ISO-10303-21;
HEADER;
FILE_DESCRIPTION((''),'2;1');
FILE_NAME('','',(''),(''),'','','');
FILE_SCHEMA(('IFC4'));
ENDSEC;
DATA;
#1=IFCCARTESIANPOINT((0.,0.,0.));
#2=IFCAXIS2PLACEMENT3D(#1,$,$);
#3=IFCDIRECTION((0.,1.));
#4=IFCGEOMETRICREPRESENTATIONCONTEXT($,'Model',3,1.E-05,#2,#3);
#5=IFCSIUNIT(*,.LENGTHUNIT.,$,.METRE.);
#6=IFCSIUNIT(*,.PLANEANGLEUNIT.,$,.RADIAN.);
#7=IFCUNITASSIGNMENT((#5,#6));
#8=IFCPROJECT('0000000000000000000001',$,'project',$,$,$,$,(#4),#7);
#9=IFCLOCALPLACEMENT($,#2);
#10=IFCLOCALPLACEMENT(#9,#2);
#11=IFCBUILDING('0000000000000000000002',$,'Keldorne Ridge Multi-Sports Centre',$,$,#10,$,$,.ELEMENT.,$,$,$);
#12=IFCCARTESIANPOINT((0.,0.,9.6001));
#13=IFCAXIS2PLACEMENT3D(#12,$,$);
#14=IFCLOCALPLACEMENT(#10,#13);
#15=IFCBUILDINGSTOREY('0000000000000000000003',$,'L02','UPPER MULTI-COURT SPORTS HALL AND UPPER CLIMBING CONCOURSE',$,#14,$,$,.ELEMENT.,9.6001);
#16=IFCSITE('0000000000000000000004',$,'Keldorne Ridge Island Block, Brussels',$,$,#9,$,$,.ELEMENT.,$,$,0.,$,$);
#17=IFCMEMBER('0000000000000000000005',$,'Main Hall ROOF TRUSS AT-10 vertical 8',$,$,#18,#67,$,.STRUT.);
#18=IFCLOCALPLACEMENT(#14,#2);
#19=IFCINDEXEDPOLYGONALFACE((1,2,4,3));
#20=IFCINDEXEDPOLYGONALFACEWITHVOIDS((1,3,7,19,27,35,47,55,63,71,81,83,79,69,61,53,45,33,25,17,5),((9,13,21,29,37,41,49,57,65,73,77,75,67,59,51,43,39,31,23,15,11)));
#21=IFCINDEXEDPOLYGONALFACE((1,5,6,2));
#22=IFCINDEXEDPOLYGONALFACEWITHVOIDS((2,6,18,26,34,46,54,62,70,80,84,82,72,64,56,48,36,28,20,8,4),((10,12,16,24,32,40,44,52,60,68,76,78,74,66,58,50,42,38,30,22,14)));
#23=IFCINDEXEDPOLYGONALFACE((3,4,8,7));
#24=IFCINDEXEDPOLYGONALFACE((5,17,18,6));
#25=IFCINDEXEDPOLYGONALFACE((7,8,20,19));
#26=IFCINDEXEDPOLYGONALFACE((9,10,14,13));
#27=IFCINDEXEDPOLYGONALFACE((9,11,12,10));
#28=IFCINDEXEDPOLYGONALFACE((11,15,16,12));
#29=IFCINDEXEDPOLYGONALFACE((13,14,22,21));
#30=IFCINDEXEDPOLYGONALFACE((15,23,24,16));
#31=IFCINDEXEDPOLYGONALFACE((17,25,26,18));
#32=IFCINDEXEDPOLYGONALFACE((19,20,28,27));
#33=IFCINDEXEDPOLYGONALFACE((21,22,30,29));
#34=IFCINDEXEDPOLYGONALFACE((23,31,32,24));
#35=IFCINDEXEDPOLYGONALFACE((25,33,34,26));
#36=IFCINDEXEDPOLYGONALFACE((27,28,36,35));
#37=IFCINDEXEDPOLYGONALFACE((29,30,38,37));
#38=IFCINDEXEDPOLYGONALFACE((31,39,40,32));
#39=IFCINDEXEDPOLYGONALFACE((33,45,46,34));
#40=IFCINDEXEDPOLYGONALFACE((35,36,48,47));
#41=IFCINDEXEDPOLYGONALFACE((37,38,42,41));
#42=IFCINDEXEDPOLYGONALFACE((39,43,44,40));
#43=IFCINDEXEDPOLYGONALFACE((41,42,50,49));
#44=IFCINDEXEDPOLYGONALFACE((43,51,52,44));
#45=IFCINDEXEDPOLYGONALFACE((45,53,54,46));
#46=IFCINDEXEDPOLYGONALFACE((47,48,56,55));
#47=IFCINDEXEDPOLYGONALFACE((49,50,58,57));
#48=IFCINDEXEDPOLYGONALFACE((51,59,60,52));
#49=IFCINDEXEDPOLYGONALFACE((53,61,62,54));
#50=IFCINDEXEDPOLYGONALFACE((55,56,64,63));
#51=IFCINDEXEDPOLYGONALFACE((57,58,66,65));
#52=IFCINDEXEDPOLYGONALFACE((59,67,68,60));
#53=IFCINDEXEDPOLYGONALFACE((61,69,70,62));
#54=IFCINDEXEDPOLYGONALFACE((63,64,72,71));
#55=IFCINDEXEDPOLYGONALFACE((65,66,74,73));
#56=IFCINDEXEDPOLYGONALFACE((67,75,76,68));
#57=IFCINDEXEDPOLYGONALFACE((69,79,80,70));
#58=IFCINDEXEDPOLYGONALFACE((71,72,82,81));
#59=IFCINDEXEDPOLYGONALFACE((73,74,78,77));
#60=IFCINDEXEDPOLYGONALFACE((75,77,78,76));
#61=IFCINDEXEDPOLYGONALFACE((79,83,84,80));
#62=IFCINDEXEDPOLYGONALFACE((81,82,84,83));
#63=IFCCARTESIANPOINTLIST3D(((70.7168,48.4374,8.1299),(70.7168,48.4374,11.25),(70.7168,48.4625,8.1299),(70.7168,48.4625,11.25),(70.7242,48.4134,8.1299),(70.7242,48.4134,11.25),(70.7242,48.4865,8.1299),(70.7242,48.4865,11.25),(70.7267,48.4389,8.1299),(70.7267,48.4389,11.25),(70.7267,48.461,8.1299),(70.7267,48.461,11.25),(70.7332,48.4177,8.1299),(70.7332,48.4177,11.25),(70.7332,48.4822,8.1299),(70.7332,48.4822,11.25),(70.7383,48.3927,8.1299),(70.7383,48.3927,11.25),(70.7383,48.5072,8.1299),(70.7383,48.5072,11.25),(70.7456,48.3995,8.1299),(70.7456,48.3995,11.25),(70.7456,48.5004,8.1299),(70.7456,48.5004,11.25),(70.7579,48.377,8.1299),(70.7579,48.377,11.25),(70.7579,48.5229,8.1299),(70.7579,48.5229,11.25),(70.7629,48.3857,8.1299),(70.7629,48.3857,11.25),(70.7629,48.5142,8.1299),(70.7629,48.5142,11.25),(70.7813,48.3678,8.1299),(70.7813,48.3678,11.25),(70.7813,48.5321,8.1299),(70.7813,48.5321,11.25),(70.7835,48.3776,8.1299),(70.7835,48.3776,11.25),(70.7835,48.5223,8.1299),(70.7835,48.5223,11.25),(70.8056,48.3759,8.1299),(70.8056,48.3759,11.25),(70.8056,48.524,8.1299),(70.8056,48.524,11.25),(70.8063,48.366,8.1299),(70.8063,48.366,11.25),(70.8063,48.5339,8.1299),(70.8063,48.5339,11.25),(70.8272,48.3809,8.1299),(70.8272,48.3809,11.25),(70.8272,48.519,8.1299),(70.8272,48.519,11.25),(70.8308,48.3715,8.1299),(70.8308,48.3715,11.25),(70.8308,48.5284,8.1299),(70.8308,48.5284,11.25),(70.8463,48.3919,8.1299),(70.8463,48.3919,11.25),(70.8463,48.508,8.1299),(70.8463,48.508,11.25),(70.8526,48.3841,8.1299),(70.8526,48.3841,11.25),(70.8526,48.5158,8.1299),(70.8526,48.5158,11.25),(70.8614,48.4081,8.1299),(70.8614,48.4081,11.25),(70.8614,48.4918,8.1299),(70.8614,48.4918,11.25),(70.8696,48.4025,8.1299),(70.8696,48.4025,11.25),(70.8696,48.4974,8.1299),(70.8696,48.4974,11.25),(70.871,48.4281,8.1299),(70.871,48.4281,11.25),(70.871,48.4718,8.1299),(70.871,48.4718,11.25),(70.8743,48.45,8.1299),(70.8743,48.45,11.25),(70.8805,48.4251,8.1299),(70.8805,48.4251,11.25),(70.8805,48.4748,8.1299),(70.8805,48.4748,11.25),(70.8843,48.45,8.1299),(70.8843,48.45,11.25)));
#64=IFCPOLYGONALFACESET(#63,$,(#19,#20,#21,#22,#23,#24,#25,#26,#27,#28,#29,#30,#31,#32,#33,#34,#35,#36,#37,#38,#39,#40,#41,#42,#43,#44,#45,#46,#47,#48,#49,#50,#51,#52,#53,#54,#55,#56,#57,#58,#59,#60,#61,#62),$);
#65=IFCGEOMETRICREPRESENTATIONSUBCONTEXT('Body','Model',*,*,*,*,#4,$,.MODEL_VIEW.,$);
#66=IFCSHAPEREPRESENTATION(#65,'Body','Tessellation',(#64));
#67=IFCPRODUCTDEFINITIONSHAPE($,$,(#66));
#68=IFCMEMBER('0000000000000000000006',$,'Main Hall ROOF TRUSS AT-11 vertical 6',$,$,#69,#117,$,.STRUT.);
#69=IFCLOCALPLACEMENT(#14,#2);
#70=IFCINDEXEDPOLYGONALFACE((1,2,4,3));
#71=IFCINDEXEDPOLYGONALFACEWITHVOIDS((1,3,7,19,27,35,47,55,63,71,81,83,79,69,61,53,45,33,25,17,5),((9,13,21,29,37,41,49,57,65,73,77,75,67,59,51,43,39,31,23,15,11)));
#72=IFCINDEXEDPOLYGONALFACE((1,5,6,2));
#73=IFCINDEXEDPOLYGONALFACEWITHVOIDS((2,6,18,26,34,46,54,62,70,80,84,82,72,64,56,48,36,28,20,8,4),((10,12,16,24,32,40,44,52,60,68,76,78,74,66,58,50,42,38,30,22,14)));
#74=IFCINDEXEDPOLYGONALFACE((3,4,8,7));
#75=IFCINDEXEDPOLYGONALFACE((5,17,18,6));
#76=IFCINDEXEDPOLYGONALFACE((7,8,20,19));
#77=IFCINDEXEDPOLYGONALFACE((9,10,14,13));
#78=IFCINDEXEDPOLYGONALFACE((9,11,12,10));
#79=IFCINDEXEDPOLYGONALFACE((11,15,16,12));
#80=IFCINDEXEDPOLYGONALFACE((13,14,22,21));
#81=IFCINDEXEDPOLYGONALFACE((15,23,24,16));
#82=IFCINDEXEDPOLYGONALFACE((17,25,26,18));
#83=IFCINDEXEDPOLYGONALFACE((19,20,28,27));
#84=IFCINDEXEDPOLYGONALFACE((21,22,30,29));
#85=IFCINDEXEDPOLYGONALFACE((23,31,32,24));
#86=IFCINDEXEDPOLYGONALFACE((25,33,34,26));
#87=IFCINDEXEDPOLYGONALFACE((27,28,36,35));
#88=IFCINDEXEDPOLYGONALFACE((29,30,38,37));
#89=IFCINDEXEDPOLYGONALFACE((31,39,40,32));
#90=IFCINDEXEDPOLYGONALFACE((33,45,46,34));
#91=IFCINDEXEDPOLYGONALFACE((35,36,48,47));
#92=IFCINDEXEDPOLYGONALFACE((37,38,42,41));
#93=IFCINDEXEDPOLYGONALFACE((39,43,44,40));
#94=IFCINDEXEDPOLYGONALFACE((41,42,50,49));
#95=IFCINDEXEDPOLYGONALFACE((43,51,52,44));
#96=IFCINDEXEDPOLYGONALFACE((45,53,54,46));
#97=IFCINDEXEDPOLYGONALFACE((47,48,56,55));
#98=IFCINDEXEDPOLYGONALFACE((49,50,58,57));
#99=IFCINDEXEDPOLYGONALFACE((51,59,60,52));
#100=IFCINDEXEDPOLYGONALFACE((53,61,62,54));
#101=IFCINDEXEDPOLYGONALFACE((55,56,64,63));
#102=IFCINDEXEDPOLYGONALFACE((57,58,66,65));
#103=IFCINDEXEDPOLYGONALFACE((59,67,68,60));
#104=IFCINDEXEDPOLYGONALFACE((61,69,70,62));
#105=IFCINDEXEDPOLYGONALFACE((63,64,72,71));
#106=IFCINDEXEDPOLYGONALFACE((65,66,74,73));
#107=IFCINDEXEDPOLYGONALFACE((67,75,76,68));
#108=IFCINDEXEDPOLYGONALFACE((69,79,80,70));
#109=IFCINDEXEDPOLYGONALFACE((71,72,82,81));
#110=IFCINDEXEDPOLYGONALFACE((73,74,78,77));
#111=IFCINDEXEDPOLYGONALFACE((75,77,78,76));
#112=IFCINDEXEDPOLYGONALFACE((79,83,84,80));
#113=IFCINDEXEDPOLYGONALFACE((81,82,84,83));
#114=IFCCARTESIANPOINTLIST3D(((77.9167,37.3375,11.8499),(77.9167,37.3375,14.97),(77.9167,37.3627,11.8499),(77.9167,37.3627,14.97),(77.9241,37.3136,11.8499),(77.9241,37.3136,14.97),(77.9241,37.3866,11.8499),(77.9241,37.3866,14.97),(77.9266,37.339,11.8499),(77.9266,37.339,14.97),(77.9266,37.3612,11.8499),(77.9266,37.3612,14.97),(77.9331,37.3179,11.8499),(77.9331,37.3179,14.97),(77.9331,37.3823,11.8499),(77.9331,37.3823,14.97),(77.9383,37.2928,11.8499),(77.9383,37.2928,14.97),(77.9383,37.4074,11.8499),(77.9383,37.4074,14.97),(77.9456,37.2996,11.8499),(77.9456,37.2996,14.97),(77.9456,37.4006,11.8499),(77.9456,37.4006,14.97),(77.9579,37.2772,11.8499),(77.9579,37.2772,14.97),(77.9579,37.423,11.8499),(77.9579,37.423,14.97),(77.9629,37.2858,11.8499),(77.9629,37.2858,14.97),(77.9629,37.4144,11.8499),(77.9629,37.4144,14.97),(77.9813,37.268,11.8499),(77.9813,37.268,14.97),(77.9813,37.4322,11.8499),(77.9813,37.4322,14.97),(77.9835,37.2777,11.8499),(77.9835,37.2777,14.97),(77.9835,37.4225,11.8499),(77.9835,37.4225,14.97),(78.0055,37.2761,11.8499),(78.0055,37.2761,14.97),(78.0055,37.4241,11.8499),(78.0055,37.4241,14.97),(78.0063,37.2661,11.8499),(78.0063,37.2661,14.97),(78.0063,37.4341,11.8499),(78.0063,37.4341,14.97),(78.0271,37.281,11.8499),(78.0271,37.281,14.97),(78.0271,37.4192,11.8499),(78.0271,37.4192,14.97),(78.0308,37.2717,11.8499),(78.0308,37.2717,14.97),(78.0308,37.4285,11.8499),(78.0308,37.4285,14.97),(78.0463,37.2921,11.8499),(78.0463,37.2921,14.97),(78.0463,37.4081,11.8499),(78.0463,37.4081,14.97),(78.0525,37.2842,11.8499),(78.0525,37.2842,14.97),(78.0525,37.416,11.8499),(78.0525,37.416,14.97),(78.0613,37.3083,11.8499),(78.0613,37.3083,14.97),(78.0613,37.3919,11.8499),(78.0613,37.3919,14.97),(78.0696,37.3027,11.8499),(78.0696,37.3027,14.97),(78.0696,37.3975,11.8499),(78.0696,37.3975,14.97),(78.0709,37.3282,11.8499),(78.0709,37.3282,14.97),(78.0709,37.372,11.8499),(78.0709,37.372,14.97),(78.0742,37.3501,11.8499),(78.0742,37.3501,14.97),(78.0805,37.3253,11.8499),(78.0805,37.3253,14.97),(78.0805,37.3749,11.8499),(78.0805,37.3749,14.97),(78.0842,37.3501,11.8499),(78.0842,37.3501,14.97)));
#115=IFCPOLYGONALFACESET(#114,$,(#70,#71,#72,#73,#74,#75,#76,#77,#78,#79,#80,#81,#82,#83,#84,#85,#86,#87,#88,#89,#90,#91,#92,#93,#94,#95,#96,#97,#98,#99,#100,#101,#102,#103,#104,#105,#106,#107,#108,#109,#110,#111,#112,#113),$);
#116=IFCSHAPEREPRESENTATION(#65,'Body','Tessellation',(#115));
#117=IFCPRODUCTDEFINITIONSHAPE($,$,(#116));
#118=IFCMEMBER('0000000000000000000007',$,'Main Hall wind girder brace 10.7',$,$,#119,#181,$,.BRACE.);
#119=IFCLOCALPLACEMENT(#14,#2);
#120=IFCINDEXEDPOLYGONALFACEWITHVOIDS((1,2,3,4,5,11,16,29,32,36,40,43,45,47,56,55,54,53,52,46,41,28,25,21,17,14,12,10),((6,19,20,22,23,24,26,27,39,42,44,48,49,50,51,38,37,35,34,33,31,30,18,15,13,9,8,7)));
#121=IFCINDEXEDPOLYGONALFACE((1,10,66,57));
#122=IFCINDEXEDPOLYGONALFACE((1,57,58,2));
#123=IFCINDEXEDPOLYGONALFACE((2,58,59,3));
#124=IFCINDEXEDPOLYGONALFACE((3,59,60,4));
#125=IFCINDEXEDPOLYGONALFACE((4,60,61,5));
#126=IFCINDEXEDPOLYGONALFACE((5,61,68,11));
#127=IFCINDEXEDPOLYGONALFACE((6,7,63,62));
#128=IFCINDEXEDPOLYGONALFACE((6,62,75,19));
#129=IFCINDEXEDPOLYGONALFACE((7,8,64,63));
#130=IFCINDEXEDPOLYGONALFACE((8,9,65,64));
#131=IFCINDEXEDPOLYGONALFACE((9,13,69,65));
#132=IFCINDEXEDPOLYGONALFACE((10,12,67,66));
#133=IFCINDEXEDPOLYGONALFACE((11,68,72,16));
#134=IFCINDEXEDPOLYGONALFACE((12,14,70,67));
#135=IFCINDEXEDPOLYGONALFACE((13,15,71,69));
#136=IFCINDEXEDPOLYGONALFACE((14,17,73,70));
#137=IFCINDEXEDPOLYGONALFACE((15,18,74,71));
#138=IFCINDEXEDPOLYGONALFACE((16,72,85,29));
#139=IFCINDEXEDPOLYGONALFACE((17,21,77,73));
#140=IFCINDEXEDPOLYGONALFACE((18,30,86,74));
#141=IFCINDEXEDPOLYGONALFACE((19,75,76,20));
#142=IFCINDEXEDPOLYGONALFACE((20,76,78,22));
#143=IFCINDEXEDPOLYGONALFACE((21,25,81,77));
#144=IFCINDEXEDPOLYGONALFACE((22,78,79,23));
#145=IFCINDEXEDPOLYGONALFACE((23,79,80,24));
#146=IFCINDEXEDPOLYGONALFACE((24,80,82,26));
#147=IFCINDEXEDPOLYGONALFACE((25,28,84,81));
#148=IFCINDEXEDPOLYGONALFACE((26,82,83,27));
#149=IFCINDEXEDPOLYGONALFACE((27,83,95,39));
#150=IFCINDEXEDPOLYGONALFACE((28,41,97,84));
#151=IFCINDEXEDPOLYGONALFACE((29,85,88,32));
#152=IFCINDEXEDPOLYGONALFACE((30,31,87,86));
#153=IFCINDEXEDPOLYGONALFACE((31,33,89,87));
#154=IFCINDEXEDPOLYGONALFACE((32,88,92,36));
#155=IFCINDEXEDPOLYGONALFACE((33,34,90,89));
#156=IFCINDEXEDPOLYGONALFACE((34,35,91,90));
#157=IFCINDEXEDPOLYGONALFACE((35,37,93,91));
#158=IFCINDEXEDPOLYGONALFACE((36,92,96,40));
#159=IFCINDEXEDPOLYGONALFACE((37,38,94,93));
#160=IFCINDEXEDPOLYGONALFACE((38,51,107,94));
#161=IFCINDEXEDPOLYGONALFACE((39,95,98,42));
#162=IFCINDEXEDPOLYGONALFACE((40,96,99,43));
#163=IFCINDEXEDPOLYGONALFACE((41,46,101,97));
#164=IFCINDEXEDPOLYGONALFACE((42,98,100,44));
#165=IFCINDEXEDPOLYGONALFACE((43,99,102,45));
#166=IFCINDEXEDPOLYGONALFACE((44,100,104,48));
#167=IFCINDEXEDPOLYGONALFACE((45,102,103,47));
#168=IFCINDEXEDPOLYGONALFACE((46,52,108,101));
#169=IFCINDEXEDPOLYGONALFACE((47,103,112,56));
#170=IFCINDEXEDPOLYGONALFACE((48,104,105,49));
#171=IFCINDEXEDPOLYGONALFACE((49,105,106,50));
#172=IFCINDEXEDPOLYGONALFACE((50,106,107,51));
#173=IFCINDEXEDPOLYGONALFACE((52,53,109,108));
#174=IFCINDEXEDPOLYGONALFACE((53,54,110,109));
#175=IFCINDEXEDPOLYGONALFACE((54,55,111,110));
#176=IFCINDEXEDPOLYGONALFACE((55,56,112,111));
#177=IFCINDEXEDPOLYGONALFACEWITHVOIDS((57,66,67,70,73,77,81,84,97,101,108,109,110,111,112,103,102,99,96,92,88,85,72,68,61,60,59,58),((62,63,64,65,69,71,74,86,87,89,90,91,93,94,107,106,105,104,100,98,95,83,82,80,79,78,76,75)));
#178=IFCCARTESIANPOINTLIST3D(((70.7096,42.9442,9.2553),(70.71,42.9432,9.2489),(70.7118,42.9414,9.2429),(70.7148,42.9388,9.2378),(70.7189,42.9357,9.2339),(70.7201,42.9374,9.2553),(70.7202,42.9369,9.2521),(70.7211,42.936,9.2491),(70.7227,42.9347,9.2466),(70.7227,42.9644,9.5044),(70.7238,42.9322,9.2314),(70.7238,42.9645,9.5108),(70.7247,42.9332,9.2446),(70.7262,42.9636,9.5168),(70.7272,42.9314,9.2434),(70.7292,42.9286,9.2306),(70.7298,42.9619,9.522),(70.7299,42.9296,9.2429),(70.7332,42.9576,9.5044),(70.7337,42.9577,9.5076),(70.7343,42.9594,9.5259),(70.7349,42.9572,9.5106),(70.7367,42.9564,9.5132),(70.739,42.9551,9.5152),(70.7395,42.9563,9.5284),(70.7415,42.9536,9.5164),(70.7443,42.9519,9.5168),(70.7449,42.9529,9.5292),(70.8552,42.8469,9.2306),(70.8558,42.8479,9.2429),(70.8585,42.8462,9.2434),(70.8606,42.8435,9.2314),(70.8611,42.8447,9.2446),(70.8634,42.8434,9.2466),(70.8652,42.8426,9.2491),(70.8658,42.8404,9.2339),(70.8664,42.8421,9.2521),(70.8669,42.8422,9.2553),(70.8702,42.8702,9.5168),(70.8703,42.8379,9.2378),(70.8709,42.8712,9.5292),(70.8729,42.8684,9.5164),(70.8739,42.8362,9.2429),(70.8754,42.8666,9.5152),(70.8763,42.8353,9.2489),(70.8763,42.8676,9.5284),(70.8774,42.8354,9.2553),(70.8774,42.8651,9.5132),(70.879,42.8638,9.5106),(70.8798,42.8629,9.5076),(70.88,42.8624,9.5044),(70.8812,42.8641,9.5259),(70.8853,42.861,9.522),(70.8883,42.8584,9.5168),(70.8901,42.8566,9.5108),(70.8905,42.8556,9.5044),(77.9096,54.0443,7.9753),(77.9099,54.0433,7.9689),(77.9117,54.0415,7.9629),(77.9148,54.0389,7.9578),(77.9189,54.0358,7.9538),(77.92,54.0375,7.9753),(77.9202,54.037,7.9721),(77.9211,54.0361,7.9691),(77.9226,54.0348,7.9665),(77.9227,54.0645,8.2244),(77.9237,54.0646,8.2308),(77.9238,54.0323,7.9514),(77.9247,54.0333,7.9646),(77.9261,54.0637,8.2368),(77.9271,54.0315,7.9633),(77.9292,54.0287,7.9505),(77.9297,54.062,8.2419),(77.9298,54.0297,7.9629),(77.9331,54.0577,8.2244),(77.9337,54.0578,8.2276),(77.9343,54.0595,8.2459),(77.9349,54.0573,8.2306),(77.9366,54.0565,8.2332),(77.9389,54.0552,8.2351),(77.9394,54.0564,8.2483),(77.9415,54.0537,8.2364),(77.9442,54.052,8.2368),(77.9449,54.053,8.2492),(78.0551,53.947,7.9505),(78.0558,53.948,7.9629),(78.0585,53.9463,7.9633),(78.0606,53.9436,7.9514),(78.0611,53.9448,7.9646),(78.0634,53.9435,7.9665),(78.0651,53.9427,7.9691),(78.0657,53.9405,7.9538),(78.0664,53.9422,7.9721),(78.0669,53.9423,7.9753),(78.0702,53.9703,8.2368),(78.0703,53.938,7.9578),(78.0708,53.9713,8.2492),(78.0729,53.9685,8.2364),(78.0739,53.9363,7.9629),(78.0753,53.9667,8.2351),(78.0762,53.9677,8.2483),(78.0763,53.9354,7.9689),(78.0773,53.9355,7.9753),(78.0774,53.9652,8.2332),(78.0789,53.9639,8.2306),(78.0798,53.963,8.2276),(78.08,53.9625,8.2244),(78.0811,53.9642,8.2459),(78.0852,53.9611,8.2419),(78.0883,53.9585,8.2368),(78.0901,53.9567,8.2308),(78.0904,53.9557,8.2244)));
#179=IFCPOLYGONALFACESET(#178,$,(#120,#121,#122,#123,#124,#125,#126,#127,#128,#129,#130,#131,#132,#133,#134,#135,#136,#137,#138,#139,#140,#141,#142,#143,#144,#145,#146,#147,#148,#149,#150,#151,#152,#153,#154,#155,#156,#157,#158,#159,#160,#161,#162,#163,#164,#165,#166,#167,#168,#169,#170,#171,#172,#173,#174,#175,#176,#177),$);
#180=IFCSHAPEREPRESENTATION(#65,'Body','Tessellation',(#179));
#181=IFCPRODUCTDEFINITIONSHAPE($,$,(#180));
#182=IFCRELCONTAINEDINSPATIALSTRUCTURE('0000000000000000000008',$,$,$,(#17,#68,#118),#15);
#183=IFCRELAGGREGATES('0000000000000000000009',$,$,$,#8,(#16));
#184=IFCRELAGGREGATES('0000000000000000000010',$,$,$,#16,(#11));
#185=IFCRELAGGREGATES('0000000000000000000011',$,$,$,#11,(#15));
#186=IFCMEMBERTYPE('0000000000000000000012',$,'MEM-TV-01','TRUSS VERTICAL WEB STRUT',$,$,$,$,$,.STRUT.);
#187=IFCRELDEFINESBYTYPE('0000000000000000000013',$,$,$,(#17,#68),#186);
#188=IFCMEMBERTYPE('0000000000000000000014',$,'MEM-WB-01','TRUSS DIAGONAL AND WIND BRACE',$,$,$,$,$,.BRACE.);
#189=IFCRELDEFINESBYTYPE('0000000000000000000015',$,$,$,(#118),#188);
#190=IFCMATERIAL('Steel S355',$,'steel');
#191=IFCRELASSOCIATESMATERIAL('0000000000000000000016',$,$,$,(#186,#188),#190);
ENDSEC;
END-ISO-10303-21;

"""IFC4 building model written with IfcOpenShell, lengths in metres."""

from ifc_helpers import new_model, si_unit, direction, frame, origin, origin_2d, place, context, subcontext, project, spatial, hollow_rectangle, hollow_circle, extrude, material, material_profile, profile_set, type_object, element, save


model = new_model("IFC4")

# Units and contexts
model_context = context("Model", 3, precision=1e-05, world=origin(), true_north=direction((0.0, 1.0)))
body_context = subcontext(model_context, "Body", "Model", "MODEL_VIEW")
ifc_project = project(units=[si_unit("LENGTHUNIT", "METRE"), si_unit("PLANEANGLEUNIT", "RADIAN")], contexts=[model_context])

# Site, building, storey
site_placement = place(None, origin())
site = spatial("IfcSite", under=ifc_project, at=site_placement, Name="Keldorne Ridge Island Block, Brussels", CompositionType="ELEMENT", RefElevation=0.0)
building_placement = place(site_placement, origin())
building = spatial("IfcBuilding", under=site, at=building_placement, Name="Keldorne Ridge Multi-Sports Centre", CompositionType="ELEMENT")
storey_placement = place(building_placement, frame((0.0, 0.0, 9.6001)))
storey = spatial("IfcBuildingStorey", under=building, at=storey_placement, Name="L02", Description="UPPER MULTI-COURT SPORTS HALL AND UPPER CLIMBING CONCOURSE", CompositionType="ELEMENT", Elevation=9.6001)

# Shared definitions
ifc_material = material(Name="Steel S355", Category="steel")

# Members
ifc_material_profile_1 = material_profile(ifc_material, hollow_circle(Radius=0.0842, WallThickness=0.01, at=origin_2d()), Name="CHS 168.3x10")
ifc_profile_set_1 = profile_set([ifc_material_profile_1], Name="Steel S355")
member_type_1 = type_object("IfcMemberType", Name="MEM-TV-01", Description="TRUSS VERTICAL WEB STRUT", PredefinedType="STRUT", material=ifc_profile_set_1)
for number, where, z_axis, x_axis, name in (
    (1, (70.8, 48.45, 8.1299), (0.0, 0.0, 1.0), (1.0, 0.0, 0.0), "Main Hall ROOF TRUSS AT-10 vertical 8"),
    (2, (78.0, 37.3501, 11.8499), (0.0, 0.0, 1.0), (1.0, 0.0, 0.0), "Main Hall ROOF TRUSS AT-11 vertical 6"),
):
    element("IfcMember", number, at=place(storey_placement, frame(where, z_axis=z_axis, x_axis=x_axis)), inside=storey, type_object=member_type_1, Name=name, PredefinedType="STRUT", context=body_context, shape_type="SweptSolid", body=[
        extrude(hollow_circle(Radius=0.0842, WallThickness=0.01, at=origin_2d()), origin(), (0.0, 0.0, 1.0), 3.1201),
    ])
ifc_material_profile_2 = material_profile(ifc_material, hollow_rectangle(XDim=0.2, YDim=0.3, WallThickness=0.0125, InnerFilletRadius=0.0125, OuterFilletRadius=0.0249, at=origin_2d()), Name="RHS 300x200x12.5")
ifc_profile_set_2 = profile_set([ifc_material_profile_2], Name="Steel S355")
member_type_2 = type_object("IfcMemberType", Name="MEM-WB-01", Description="TRUSS DIAGONAL AND WIND BRACE", PredefinedType="BRACE", material=ifc_profile_set_2)
member_1_placement = place(storey_placement, frame((70.8, 42.8999, 9.3799), z_axis=(0.541656, 0.835066, -0.096297), x_axis=(-0.838965, 0.544185, 0.0)))
element("IfcMember", 3, at=member_1_placement, inside=storey, type_object=member_type_2, Name="Main Hall wind girder brace 10.7", PredefinedType="BRACE", context=body_context, shape_type="SweptSolid", body=[
    extrude(hollow_rectangle(XDim=0.2, YDim=0.3, WallThickness=0.0125, InnerFilletRadius=0.0125, OuterFilletRadius=0.0249, at=origin_2d()), origin(), (0.0, 0.0, 1.0), 13.2925),
])

save(model, "model.ifc")
